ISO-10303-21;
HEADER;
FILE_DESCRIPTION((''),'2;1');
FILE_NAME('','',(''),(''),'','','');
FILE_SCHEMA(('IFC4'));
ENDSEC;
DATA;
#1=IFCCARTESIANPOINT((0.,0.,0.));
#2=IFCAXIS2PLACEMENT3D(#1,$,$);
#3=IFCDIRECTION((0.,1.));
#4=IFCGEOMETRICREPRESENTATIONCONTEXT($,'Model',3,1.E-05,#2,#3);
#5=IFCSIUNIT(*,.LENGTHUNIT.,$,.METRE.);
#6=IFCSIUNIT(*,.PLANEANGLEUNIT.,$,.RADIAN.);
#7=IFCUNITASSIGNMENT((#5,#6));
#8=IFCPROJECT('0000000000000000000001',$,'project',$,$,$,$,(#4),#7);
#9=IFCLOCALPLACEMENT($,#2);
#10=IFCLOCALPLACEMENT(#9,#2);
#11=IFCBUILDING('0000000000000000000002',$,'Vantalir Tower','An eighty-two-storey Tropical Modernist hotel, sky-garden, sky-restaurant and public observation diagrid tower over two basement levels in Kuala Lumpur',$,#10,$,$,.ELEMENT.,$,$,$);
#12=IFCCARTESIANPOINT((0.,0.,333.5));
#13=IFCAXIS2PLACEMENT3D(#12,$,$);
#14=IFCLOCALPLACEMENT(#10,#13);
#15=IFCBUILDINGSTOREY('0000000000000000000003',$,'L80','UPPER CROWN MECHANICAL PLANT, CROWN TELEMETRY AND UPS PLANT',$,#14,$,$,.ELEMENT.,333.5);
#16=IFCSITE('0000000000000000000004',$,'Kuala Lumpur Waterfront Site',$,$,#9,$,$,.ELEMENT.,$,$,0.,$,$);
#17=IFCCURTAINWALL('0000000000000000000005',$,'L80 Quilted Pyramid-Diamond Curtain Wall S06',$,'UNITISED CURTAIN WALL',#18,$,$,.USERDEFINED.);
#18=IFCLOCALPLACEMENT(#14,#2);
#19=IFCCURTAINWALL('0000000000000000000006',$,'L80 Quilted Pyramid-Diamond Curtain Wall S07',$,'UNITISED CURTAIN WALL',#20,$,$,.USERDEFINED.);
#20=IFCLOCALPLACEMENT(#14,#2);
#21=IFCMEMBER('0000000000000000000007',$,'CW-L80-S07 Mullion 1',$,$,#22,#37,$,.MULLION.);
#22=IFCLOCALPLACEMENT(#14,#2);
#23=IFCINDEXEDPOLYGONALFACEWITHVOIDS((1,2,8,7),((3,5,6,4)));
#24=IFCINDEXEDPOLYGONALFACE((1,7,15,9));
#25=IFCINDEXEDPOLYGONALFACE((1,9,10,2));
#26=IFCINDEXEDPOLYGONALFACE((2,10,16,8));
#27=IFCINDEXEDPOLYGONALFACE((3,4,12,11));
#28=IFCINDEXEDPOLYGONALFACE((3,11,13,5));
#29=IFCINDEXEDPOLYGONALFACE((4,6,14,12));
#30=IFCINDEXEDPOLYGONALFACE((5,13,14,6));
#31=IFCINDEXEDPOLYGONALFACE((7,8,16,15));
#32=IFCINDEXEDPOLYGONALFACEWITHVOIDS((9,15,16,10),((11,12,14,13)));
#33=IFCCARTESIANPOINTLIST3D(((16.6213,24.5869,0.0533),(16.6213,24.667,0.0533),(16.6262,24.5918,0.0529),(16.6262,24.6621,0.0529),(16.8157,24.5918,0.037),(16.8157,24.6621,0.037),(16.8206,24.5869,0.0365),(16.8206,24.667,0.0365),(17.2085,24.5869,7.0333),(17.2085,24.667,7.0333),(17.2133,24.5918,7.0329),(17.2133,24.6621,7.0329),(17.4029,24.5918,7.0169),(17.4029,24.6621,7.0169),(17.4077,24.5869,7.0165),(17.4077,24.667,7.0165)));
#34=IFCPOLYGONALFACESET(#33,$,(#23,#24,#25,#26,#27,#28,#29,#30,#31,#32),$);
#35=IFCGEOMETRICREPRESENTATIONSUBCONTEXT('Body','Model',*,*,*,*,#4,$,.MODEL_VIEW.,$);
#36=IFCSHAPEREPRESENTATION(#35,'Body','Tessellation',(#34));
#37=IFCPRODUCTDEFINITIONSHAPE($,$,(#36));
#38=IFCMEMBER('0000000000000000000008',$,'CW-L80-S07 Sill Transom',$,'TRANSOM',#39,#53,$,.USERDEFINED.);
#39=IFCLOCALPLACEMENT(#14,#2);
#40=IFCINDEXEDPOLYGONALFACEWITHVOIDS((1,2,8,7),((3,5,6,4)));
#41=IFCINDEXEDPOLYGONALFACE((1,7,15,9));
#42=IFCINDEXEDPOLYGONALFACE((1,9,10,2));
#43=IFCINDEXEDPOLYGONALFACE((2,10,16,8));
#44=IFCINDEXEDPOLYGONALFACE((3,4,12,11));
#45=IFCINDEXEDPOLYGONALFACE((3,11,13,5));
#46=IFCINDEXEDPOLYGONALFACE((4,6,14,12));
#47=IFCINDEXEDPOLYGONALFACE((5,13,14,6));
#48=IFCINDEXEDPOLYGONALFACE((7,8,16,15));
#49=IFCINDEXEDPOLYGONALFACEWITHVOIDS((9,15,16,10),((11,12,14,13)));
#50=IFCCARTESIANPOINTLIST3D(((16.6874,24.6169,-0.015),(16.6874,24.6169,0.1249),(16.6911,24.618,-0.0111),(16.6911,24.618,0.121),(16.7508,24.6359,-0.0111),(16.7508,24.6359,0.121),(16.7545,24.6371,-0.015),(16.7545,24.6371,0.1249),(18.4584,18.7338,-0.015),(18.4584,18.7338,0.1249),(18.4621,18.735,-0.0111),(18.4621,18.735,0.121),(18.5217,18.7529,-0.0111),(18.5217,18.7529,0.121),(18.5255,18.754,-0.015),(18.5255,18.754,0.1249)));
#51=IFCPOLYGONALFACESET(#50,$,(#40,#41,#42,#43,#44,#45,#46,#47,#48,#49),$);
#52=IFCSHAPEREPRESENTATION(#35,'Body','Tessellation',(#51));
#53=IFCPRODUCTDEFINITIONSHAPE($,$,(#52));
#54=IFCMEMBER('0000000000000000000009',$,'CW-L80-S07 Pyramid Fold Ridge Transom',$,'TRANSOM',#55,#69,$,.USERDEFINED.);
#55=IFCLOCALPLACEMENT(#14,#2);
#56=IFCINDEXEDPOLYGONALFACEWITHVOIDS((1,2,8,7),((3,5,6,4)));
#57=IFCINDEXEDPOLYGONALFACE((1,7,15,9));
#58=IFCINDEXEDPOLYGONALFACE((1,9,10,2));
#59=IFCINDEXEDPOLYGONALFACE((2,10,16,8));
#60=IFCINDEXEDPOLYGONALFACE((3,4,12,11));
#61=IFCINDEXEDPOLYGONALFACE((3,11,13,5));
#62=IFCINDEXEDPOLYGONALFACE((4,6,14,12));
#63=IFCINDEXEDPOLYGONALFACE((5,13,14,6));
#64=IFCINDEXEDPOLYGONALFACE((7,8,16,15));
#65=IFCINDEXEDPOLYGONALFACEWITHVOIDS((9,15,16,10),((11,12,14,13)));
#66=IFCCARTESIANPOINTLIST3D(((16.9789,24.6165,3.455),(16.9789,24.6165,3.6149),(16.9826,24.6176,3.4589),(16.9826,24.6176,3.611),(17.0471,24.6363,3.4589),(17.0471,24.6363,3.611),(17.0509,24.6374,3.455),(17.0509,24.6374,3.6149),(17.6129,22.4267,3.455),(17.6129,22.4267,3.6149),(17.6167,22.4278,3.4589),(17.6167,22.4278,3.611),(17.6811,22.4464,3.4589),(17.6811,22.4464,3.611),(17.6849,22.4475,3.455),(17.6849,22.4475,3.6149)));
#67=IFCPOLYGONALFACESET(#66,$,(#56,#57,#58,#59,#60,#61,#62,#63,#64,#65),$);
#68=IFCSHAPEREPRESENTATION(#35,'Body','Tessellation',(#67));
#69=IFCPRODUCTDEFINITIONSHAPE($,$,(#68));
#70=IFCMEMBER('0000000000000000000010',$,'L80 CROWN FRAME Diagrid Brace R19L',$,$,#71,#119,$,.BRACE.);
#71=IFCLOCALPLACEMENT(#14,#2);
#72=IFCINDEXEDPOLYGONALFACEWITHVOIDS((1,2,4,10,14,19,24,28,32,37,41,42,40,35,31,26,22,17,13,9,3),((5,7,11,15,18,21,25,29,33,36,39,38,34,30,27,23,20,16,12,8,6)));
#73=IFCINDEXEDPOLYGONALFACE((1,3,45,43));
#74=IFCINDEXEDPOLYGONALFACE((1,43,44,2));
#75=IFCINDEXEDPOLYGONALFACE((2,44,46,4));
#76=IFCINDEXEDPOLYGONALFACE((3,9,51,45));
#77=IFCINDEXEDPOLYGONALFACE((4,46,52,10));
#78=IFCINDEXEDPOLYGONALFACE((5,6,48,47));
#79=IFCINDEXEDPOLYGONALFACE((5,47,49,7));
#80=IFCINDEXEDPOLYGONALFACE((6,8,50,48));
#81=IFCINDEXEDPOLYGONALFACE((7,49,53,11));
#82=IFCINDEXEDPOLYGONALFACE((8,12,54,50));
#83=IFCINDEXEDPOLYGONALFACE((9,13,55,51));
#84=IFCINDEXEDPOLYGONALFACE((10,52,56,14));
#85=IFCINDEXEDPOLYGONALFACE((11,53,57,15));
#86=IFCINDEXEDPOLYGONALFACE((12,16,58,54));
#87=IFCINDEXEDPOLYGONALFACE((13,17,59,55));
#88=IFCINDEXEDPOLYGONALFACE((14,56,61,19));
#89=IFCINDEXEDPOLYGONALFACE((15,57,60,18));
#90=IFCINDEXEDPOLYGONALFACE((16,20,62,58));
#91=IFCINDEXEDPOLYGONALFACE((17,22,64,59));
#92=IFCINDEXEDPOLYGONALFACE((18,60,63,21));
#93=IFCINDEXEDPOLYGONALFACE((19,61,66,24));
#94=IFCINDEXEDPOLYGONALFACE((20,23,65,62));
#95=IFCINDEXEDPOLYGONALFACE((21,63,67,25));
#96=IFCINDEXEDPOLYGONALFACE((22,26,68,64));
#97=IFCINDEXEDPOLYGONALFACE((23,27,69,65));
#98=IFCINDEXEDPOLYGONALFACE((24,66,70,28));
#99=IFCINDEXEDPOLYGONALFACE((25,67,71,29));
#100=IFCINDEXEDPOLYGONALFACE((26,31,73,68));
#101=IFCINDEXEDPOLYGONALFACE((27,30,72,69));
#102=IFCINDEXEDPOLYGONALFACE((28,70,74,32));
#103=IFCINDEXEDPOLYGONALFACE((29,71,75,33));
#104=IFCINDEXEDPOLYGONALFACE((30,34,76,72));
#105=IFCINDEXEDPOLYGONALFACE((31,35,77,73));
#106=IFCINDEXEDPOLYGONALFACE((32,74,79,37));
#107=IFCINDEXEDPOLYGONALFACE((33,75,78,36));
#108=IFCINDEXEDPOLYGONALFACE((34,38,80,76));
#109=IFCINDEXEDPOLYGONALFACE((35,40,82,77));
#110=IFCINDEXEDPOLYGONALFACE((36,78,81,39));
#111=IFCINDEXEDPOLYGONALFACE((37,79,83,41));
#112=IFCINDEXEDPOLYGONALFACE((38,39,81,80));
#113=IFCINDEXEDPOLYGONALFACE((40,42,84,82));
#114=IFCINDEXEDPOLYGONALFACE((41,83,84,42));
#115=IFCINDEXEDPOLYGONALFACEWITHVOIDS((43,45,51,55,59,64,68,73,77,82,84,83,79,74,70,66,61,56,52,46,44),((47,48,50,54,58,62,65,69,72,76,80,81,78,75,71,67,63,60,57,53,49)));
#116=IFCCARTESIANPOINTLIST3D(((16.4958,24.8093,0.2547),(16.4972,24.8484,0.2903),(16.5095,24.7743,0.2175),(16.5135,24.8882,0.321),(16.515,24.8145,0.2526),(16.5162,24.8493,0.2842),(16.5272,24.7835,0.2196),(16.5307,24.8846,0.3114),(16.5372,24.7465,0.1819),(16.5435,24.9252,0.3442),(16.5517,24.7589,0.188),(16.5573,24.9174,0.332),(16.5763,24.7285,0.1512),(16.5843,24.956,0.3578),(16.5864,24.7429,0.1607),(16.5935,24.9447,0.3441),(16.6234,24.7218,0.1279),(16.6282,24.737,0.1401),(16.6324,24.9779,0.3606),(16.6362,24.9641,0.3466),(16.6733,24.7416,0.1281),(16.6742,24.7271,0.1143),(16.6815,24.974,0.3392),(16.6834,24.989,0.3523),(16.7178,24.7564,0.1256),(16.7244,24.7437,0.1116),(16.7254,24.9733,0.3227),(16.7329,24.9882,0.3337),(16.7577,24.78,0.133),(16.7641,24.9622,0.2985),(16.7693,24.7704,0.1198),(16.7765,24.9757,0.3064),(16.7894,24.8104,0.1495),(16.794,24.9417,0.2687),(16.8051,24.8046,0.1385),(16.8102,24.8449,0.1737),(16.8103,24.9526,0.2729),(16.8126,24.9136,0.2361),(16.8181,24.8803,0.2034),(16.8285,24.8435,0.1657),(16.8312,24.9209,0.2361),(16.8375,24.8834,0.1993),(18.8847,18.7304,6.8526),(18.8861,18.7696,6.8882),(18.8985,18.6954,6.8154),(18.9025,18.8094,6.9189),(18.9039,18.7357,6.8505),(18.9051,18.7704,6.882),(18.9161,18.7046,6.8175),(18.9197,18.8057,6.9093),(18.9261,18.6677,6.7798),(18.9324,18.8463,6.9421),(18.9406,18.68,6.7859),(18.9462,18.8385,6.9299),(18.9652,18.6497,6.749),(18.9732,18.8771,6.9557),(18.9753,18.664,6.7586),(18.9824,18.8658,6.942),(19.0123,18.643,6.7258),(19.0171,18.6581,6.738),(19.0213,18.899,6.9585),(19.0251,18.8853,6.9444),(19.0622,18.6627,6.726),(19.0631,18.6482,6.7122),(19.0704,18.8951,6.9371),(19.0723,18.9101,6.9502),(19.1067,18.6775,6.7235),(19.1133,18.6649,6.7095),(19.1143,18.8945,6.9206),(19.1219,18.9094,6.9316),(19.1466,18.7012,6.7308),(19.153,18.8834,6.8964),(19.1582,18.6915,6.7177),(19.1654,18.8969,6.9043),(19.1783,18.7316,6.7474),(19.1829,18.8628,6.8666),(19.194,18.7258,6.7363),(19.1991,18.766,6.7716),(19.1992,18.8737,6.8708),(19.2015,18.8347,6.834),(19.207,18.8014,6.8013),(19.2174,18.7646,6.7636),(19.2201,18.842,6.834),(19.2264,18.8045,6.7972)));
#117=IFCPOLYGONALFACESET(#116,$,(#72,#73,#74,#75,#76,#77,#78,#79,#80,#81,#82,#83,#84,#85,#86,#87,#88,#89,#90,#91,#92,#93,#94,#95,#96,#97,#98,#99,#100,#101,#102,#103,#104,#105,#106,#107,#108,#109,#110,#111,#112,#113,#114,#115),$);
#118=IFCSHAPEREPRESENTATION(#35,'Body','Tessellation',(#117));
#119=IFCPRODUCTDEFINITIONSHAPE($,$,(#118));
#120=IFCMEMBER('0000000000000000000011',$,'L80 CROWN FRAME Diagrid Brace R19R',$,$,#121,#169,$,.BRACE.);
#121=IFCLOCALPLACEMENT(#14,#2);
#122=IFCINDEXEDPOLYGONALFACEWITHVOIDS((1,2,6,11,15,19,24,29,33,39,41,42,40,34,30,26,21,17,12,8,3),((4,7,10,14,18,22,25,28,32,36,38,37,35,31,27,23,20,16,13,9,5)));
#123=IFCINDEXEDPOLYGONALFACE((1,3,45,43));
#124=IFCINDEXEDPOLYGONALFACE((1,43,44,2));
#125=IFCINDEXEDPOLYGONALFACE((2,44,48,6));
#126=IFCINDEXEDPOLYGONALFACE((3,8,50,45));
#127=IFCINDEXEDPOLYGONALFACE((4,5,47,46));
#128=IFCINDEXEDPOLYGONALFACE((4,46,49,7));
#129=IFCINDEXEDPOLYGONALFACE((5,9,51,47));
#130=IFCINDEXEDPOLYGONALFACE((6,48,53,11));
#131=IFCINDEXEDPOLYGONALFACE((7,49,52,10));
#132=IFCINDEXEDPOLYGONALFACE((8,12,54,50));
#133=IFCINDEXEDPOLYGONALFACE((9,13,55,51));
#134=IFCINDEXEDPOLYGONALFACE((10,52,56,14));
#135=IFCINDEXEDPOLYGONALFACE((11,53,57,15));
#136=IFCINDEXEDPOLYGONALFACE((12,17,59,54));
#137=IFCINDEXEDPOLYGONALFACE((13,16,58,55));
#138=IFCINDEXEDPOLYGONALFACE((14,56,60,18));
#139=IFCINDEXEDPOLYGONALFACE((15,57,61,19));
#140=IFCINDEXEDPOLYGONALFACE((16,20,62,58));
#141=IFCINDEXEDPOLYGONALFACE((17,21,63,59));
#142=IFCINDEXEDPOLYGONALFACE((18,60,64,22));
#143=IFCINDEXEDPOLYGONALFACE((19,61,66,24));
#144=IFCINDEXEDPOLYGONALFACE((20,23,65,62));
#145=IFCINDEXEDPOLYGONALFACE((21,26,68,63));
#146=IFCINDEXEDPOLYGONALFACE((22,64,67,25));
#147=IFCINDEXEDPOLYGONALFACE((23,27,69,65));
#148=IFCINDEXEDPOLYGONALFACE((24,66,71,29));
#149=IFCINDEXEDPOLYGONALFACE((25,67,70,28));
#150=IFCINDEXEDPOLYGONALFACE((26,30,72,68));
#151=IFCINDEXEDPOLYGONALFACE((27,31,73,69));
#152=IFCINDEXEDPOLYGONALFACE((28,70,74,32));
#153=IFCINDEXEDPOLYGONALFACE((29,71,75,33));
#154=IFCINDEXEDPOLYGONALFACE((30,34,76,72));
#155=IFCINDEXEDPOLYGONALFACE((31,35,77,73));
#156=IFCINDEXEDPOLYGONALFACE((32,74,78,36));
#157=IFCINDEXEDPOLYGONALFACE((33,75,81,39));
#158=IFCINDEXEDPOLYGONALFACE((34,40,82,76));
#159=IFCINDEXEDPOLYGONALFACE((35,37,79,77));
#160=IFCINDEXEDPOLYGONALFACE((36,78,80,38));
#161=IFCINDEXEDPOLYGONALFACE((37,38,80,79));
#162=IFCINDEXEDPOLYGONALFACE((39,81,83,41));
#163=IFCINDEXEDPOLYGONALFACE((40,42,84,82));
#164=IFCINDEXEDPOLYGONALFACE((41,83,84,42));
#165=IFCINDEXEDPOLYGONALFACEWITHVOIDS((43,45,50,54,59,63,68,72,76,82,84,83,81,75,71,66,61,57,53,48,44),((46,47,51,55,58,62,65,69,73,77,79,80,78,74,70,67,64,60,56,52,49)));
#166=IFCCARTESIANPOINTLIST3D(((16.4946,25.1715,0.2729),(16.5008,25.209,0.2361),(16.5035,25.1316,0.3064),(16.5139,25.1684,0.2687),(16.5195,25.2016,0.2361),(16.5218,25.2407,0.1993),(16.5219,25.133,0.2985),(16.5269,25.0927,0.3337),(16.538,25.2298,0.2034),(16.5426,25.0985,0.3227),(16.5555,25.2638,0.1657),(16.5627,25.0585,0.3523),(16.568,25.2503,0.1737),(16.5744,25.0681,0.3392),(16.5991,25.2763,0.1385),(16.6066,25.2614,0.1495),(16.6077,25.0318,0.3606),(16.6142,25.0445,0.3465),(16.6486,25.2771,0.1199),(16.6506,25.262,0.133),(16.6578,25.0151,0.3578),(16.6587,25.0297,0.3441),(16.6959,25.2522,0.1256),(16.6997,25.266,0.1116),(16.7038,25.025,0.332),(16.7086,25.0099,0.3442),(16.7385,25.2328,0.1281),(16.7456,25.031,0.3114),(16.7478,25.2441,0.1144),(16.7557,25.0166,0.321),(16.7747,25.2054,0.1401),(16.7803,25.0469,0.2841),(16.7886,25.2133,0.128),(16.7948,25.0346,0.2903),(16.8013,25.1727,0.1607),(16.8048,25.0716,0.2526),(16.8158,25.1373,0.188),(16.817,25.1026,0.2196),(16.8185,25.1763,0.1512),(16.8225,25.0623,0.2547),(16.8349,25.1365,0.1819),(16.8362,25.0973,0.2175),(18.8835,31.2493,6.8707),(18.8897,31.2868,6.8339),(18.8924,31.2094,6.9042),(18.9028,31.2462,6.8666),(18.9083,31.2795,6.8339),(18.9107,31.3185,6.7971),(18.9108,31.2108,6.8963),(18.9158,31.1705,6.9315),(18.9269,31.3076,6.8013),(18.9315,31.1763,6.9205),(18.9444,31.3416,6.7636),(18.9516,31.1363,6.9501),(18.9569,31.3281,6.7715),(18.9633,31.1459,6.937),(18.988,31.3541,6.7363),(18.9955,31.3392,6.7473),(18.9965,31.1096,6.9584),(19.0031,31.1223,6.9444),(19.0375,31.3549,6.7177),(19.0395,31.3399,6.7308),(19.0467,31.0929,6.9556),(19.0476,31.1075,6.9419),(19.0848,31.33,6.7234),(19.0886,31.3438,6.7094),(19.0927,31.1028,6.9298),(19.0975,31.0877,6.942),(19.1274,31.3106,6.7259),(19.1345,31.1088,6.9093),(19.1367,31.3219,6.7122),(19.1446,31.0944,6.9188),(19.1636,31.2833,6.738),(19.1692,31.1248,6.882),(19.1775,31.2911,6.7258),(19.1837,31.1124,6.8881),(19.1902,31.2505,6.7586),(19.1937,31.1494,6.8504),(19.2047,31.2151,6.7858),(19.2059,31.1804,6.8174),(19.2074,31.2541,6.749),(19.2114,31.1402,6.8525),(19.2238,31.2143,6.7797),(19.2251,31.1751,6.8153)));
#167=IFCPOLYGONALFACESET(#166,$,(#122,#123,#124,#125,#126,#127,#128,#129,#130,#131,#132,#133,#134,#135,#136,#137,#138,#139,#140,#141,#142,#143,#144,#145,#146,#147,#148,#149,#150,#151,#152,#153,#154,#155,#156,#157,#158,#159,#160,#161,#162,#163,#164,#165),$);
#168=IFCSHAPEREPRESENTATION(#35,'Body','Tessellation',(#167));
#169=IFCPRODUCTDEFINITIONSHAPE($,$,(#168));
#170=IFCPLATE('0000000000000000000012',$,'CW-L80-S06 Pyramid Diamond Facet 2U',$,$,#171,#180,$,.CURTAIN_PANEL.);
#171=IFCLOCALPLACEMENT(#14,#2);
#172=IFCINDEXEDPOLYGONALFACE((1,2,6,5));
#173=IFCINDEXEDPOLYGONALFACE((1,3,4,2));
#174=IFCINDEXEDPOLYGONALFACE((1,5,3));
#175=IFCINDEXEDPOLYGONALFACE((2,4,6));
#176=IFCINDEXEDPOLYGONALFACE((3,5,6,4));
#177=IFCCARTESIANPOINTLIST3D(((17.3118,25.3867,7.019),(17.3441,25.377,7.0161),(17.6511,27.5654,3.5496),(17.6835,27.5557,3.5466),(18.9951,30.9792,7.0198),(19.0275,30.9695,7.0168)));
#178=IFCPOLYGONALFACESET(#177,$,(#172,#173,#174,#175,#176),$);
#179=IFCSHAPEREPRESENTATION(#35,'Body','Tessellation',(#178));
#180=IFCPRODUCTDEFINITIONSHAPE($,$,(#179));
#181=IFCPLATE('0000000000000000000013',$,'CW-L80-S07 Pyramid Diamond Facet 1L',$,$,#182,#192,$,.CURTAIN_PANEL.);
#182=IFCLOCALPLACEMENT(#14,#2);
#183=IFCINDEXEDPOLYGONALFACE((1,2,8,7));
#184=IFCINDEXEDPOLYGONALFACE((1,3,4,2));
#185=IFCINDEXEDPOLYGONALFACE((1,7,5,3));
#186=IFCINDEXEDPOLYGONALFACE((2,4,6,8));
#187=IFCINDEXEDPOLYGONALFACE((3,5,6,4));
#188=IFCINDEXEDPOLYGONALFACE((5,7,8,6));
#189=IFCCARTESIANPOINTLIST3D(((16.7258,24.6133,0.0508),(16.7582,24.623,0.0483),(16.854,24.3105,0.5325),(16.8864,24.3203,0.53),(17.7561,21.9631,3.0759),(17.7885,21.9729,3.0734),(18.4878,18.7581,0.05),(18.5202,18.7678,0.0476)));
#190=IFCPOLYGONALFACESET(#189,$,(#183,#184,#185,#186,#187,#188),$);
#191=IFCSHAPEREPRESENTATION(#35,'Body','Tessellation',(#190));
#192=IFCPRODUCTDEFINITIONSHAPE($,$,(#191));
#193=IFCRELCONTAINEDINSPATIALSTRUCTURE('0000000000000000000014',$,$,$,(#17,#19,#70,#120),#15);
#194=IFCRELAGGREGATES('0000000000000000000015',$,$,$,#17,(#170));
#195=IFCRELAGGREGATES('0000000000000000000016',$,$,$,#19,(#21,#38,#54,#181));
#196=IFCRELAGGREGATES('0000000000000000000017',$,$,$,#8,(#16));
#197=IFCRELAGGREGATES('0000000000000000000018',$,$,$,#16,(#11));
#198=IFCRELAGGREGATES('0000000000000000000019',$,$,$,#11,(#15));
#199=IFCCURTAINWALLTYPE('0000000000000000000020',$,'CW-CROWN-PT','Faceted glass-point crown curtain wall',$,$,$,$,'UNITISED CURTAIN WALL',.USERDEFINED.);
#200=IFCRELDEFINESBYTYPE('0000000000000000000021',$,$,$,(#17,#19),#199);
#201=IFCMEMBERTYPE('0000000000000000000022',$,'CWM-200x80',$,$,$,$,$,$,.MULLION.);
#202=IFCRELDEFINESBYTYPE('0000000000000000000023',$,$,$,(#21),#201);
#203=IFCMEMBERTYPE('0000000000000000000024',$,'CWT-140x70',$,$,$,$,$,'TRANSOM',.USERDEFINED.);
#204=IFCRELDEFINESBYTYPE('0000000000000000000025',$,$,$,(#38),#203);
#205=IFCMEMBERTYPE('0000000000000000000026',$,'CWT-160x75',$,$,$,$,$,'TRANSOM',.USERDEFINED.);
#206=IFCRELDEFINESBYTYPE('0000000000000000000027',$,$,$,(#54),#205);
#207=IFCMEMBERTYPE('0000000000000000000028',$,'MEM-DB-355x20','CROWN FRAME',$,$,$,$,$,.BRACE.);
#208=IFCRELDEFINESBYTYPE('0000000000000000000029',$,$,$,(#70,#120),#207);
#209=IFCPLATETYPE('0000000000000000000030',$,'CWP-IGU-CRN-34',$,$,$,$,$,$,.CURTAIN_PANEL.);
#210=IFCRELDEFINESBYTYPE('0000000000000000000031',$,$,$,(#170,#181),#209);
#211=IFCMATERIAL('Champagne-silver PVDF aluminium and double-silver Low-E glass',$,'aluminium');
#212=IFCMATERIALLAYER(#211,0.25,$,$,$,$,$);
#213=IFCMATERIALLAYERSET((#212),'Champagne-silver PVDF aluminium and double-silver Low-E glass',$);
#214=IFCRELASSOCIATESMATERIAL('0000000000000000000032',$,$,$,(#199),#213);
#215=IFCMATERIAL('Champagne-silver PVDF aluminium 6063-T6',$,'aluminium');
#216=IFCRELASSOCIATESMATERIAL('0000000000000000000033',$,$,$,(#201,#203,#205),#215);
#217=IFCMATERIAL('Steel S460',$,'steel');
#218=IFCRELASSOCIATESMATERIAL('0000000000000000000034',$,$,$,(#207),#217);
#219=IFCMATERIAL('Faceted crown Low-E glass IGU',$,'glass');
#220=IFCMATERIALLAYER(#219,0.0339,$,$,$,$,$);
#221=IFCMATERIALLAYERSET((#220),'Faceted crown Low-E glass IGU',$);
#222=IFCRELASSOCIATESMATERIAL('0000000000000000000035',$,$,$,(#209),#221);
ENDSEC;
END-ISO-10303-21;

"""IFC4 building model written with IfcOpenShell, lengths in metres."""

from ifc_helpers import new_model, si_unit, direction, frame, origin, origin_2d, place, context, subcontext, project, spatial, polyline, hollow_rectangle, hollow_circle, outline, extrude, material, layer, layer_set, material_profile, profile_set, type_object, element, aggregate, save


model = new_model("IFC4")

# Units and contexts
model_context = context("Model", 3, precision=1e-05, world=origin(), true_north=direction((0.0, 1.0)))
body_context = subcontext(model_context, "Body", "Model", "MODEL_VIEW")
ifc_project = project(units=[si_unit("LENGTHUNIT", "METRE"), si_unit("PLANEANGLEUNIT", "RADIAN")], contexts=[model_context])

# Site, building, storey
site_placement = place(None, origin())
site = spatial("IfcSite", under=ifc_project, at=site_placement, Name="Kuala Lumpur Waterfront Site", CompositionType="ELEMENT", RefElevation=0.0)
building_placement = place(site_placement, origin())
building = spatial("IfcBuilding", under=site, at=building_placement, Name="Vantalir Tower", Description="An eighty-two-storey Tropical Modernist hotel, sky-garden, sky-restaurant and public observation diagrid tower over two basement levels in Kuala Lumpur", CompositionType="ELEMENT")
storey_placement = place(building_placement, frame((0.0, 0.0, 333.5)))
storey = spatial("IfcBuildingStorey", under=building, at=storey_placement, Name="L80", Description="UPPER CROWN MECHANICAL PLANT, CROWN TELEMETRY AND UPS PLANT", CompositionType="ELEMENT", Elevation=333.5)

# Shared definitions
ifc_material_1 = material(Name="Steel S460", Category="steel")

# Curtain wall
ifc_material_2 = material(Name="Champagne-silver PVDF aluminium and double-silver Low-E glass", Category="aluminium")
ifc_layer_1 = layer(ifc_material_2, 0.25)
ifc_layer_set_1 = layer_set([ifc_layer_1], Name="Champagne-silver PVDF aluminium and double-silver Low-E glass")
curtain_wall_type = type_object("IfcCurtainWallType", Name="CW-CROWN-PT", Description="Faceted glass-point crown curtain wall", ElementType="UNITISED CURTAIN WALL", PredefinedType="USERDEFINED", material=ifc_layer_set_1)
curtain_wall_1_placement = place(storey_placement, origin())
curtain_wall_1 = element("IfcCurtainWall", 1, at=curtain_wall_1_placement, inside=storey, type_object=curtain_wall_type, Name="L80 Quilted Pyramid-Diamond Curtain Wall S06", ObjectType="UNITISED CURTAIN WALL", PredefinedType="USERDEFINED")
ifc_material_3 = material(Name="Champagne-silver PVDF aluminium 6063-T6", Category="aluminium")
ifc_material_profile_1 = material_profile(ifc_material_3, hollow_rectangle(XDim=0.0801, YDim=0.2, WallThickness=0.0049, at=origin_2d()), Name="Champagne-silver PVDF aluminium 6063-T6")
ifc_profile_set_1 = profile_set([ifc_material_profile_1], Name="Champagne-silver PVDF aluminium 6063-T6")
member_type_1 = type_object("IfcMemberType", Name="CWM-200x80", PredefinedType="MULLION", material=ifc_profile_set_1)

# Curtain wall, members
curtain_wall_2_placement = place(storey_placement, origin())
curtain_wall_2 = element("IfcCurtainWall", 2, at=curtain_wall_2_placement, inside=storey, type_object=curtain_wall_type, Name="L80 Quilted Pyramid-Diamond Curtain Wall S07", ObjectType="UNITISED CURTAIN WALL", PredefinedType="USERDEFINED")
member_1_placement = place(storey_placement, frame((16.7209, 24.627, 0.0449), z_axis=(0.083824, 0.0, 0.996481), x_axis=(0.0, 1.0, 0.0)))
member_1 = element("IfcMember", 3, at=member_1_placement, type_object=member_type_1, Name="CW-L80-S07 Mullion 1", PredefinedType="MULLION", context=body_context, shape_type="SweptSolid", body=[
    extrude(hollow_rectangle(XDim=0.0801, YDim=0.2, WallThickness=0.0049, at=origin_2d()), origin(), (0.0, 0.0, 1.0), 7.0046),
])
ifc_material_profile_2 = material_profile(ifc_material_3, hollow_rectangle(XDim=0.0701, YDim=0.1399, WallThickness=0.0039, at=origin_2d()), Name="Champagne-silver PVDF aluminium 6063-T6")
ifc_profile_set_2 = profile_set([ifc_material_profile_2], Name="Champagne-silver PVDF aluminium 6063-T6")
member_type_2 = type_object("IfcMemberType", Name="CWT-140x70", ElementType="TRANSOM", PredefinedType="USERDEFINED", material=ifc_profile_set_2)
member_2_placement = place(storey_placement, frame((16.7209, 24.627, 0.0549), z_axis=(0.288256, -0.957554, 0.0), x_axis=(0.957554, 0.288256, 0.0)))
member_2 = element("IfcMember", 4, at=member_2_placement, type_object=member_type_2, Name="CW-L80-S07 Sill Transom", ObjectType="TRANSOM", PredefinedType="USERDEFINED", context=body_context, shape_type="SweptSolid", body=[
    extrude(hollow_rectangle(XDim=0.0701, YDim=0.1399, WallThickness=0.0039, at=origin_2d()), origin(), (0.0, 0.0, 1.0), 6.1438),
])
ifc_material_profile_3 = material_profile(ifc_material_3, hollow_rectangle(XDim=0.075, YDim=0.1599, WallThickness=0.0039, at=origin_2d()), Name="Champagne-silver PVDF aluminium 6063-T6")
ifc_profile_set_3 = profile_set([ifc_material_profile_3], Name="Champagne-silver PVDF aluminium 6063-T6")
member_type_3 = type_object("IfcMemberType", Name="CWT-160x75", ElementType="TRANSOM", PredefinedType="USERDEFINED", material=ifc_profile_set_3)
member_3_placement = place(storey_placement, frame((17.0149, 24.627, 3.5349), z_axis=(0.2781, -0.960552, 0.0), x_axis=(0.960552, 0.2781, 0.0)))
member_3 = element("IfcMember", 5, at=member_3_placement, type_object=member_type_3, Name="CW-L80-S07 Pyramid Fold Ridge Transom", ObjectType="TRANSOM", PredefinedType="USERDEFINED", context=body_context, shape_type="SweptSolid", body=[
    extrude(hollow_rectangle(XDim=0.075, YDim=0.1599, WallThickness=0.0039, at=origin_2d()), origin(), (0.0, 0.0, 1.0), 2.2798),
])

# Members
ifc_material_profile_4 = material_profile(ifc_material_1, hollow_circle(Radius=0.1775, WallThickness=0.02, at=origin_2d()), Name="Steel S460")
ifc_profile_set_4 = profile_set([ifc_material_profile_4], Name="Steel S460")
member_type_4 = type_object("IfcMemberType", Name="MEM-DB-355x20", Description="CROWN FRAME", PredefinedType="BRACE", material=ifc_profile_set_4)
member_4_placement = place(storey_placement, frame((16.666, 24.856, 0.2361), z_axis=(0.257317, -0.654771, 0.710678), x_axis=(0.93071, 0.365758, 0.0)))
element("IfcMember", 6, at=member_4_placement, inside=storey, type_object=member_type_4, Name="L80 CROWN FRAME Diagrid Brace R19L", PredefinedType="BRACE", context=body_context, shape_type="SweptSolid", body=[
    extrude(hollow_circle(Radius=0.1775, WallThickness=0.02, at=origin_2d()), origin(), (0.0, 0.0, 1.0), 9.2839),
])
member_5_placement = place(storey_placement, frame((16.666, 25.144, 0.2361), z_axis=(0.257335, 0.654711, 0.710727), x_axis=(-0.93069, 0.365809, 0.0)))
element("IfcMember", 7, at=member_5_placement, inside=storey, type_object=member_type_4, Name="L80 CROWN FRAME Diagrid Brace R19R", PredefinedType="BRACE", context=body_context, shape_type="SweptSolid", body=[
    extrude(hollow_circle(Radius=0.1775, WallThickness=0.02, at=origin_2d()), origin(), (0.0, 0.0, 1.0), 9.2832),
])

# Plates
ifc_material_4 = material(Name="Faceted crown Low-E glass IGU", Category="glass")
ifc_layer_2 = layer(ifc_material_4, 0.0339)
ifc_layer_set_2 = layer_set([ifc_layer_2], Name="Faceted crown Low-E glass IGU")
plate_type_1 = type_object("IfcPlateType", Name="CWP-IGU-CRN-34", PredefinedType="CURTAIN_PANEL", material=ifc_layer_set_2)
plate_1_placement = place(storey_placement, frame((17.3118, 25.3867, 7.019), z_axis=(-0.953935, 0.287123, 0.086997), x_axis=(0.288226, 0.957562, 0.000125)))
plate_1 = element("IfcPlate", 8, at=plate_1_placement, type_object=plate_type_1, Name="CW-L80-S06 Pyramid Diamond Facet 2U", PredefinedType="CURTAIN_PANEL", context=body_context, shape_type="SweptSolid", body=[
    extrude(outline(polyline([(0.0, 0.0), (5.8404, 0.0), (2.1836, 3.483), (0.0, 0.0)])), origin(), (0.0, 0.0, -1.0), 0.0339),
])
aggregate(curtain_wall_1, [plate_1])
plate_2_placement = place(storey_placement, frame((16.7258, 24.6133, 0.0508), z_axis=(-0.954992, -0.287385, 0.073481), x_axis=(0.288156, -0.957583, -0.00012)))
plate_2 = element("IfcPlate", 9, at=plate_2_placement, type_object=plate_type_1, Name="CW-L80-S07 Pyramid Diamond Facet 1L", PredefinedType="CURTAIN_PANEL", context=body_context, shape_type="SweptSolid", body=[
    extrude(outline(polyline([(0.0, 0.0), (6.1146, 0.0), (2.8343, 3.0337), (0.3268, 0.483), (0.0, 0.0)])), origin(), (0.0, 0.0, -1.0), 0.0339),
])
aggregate(curtain_wall_2, [member_1, member_2, member_3, plate_2])

save(model, "model.ifc")
